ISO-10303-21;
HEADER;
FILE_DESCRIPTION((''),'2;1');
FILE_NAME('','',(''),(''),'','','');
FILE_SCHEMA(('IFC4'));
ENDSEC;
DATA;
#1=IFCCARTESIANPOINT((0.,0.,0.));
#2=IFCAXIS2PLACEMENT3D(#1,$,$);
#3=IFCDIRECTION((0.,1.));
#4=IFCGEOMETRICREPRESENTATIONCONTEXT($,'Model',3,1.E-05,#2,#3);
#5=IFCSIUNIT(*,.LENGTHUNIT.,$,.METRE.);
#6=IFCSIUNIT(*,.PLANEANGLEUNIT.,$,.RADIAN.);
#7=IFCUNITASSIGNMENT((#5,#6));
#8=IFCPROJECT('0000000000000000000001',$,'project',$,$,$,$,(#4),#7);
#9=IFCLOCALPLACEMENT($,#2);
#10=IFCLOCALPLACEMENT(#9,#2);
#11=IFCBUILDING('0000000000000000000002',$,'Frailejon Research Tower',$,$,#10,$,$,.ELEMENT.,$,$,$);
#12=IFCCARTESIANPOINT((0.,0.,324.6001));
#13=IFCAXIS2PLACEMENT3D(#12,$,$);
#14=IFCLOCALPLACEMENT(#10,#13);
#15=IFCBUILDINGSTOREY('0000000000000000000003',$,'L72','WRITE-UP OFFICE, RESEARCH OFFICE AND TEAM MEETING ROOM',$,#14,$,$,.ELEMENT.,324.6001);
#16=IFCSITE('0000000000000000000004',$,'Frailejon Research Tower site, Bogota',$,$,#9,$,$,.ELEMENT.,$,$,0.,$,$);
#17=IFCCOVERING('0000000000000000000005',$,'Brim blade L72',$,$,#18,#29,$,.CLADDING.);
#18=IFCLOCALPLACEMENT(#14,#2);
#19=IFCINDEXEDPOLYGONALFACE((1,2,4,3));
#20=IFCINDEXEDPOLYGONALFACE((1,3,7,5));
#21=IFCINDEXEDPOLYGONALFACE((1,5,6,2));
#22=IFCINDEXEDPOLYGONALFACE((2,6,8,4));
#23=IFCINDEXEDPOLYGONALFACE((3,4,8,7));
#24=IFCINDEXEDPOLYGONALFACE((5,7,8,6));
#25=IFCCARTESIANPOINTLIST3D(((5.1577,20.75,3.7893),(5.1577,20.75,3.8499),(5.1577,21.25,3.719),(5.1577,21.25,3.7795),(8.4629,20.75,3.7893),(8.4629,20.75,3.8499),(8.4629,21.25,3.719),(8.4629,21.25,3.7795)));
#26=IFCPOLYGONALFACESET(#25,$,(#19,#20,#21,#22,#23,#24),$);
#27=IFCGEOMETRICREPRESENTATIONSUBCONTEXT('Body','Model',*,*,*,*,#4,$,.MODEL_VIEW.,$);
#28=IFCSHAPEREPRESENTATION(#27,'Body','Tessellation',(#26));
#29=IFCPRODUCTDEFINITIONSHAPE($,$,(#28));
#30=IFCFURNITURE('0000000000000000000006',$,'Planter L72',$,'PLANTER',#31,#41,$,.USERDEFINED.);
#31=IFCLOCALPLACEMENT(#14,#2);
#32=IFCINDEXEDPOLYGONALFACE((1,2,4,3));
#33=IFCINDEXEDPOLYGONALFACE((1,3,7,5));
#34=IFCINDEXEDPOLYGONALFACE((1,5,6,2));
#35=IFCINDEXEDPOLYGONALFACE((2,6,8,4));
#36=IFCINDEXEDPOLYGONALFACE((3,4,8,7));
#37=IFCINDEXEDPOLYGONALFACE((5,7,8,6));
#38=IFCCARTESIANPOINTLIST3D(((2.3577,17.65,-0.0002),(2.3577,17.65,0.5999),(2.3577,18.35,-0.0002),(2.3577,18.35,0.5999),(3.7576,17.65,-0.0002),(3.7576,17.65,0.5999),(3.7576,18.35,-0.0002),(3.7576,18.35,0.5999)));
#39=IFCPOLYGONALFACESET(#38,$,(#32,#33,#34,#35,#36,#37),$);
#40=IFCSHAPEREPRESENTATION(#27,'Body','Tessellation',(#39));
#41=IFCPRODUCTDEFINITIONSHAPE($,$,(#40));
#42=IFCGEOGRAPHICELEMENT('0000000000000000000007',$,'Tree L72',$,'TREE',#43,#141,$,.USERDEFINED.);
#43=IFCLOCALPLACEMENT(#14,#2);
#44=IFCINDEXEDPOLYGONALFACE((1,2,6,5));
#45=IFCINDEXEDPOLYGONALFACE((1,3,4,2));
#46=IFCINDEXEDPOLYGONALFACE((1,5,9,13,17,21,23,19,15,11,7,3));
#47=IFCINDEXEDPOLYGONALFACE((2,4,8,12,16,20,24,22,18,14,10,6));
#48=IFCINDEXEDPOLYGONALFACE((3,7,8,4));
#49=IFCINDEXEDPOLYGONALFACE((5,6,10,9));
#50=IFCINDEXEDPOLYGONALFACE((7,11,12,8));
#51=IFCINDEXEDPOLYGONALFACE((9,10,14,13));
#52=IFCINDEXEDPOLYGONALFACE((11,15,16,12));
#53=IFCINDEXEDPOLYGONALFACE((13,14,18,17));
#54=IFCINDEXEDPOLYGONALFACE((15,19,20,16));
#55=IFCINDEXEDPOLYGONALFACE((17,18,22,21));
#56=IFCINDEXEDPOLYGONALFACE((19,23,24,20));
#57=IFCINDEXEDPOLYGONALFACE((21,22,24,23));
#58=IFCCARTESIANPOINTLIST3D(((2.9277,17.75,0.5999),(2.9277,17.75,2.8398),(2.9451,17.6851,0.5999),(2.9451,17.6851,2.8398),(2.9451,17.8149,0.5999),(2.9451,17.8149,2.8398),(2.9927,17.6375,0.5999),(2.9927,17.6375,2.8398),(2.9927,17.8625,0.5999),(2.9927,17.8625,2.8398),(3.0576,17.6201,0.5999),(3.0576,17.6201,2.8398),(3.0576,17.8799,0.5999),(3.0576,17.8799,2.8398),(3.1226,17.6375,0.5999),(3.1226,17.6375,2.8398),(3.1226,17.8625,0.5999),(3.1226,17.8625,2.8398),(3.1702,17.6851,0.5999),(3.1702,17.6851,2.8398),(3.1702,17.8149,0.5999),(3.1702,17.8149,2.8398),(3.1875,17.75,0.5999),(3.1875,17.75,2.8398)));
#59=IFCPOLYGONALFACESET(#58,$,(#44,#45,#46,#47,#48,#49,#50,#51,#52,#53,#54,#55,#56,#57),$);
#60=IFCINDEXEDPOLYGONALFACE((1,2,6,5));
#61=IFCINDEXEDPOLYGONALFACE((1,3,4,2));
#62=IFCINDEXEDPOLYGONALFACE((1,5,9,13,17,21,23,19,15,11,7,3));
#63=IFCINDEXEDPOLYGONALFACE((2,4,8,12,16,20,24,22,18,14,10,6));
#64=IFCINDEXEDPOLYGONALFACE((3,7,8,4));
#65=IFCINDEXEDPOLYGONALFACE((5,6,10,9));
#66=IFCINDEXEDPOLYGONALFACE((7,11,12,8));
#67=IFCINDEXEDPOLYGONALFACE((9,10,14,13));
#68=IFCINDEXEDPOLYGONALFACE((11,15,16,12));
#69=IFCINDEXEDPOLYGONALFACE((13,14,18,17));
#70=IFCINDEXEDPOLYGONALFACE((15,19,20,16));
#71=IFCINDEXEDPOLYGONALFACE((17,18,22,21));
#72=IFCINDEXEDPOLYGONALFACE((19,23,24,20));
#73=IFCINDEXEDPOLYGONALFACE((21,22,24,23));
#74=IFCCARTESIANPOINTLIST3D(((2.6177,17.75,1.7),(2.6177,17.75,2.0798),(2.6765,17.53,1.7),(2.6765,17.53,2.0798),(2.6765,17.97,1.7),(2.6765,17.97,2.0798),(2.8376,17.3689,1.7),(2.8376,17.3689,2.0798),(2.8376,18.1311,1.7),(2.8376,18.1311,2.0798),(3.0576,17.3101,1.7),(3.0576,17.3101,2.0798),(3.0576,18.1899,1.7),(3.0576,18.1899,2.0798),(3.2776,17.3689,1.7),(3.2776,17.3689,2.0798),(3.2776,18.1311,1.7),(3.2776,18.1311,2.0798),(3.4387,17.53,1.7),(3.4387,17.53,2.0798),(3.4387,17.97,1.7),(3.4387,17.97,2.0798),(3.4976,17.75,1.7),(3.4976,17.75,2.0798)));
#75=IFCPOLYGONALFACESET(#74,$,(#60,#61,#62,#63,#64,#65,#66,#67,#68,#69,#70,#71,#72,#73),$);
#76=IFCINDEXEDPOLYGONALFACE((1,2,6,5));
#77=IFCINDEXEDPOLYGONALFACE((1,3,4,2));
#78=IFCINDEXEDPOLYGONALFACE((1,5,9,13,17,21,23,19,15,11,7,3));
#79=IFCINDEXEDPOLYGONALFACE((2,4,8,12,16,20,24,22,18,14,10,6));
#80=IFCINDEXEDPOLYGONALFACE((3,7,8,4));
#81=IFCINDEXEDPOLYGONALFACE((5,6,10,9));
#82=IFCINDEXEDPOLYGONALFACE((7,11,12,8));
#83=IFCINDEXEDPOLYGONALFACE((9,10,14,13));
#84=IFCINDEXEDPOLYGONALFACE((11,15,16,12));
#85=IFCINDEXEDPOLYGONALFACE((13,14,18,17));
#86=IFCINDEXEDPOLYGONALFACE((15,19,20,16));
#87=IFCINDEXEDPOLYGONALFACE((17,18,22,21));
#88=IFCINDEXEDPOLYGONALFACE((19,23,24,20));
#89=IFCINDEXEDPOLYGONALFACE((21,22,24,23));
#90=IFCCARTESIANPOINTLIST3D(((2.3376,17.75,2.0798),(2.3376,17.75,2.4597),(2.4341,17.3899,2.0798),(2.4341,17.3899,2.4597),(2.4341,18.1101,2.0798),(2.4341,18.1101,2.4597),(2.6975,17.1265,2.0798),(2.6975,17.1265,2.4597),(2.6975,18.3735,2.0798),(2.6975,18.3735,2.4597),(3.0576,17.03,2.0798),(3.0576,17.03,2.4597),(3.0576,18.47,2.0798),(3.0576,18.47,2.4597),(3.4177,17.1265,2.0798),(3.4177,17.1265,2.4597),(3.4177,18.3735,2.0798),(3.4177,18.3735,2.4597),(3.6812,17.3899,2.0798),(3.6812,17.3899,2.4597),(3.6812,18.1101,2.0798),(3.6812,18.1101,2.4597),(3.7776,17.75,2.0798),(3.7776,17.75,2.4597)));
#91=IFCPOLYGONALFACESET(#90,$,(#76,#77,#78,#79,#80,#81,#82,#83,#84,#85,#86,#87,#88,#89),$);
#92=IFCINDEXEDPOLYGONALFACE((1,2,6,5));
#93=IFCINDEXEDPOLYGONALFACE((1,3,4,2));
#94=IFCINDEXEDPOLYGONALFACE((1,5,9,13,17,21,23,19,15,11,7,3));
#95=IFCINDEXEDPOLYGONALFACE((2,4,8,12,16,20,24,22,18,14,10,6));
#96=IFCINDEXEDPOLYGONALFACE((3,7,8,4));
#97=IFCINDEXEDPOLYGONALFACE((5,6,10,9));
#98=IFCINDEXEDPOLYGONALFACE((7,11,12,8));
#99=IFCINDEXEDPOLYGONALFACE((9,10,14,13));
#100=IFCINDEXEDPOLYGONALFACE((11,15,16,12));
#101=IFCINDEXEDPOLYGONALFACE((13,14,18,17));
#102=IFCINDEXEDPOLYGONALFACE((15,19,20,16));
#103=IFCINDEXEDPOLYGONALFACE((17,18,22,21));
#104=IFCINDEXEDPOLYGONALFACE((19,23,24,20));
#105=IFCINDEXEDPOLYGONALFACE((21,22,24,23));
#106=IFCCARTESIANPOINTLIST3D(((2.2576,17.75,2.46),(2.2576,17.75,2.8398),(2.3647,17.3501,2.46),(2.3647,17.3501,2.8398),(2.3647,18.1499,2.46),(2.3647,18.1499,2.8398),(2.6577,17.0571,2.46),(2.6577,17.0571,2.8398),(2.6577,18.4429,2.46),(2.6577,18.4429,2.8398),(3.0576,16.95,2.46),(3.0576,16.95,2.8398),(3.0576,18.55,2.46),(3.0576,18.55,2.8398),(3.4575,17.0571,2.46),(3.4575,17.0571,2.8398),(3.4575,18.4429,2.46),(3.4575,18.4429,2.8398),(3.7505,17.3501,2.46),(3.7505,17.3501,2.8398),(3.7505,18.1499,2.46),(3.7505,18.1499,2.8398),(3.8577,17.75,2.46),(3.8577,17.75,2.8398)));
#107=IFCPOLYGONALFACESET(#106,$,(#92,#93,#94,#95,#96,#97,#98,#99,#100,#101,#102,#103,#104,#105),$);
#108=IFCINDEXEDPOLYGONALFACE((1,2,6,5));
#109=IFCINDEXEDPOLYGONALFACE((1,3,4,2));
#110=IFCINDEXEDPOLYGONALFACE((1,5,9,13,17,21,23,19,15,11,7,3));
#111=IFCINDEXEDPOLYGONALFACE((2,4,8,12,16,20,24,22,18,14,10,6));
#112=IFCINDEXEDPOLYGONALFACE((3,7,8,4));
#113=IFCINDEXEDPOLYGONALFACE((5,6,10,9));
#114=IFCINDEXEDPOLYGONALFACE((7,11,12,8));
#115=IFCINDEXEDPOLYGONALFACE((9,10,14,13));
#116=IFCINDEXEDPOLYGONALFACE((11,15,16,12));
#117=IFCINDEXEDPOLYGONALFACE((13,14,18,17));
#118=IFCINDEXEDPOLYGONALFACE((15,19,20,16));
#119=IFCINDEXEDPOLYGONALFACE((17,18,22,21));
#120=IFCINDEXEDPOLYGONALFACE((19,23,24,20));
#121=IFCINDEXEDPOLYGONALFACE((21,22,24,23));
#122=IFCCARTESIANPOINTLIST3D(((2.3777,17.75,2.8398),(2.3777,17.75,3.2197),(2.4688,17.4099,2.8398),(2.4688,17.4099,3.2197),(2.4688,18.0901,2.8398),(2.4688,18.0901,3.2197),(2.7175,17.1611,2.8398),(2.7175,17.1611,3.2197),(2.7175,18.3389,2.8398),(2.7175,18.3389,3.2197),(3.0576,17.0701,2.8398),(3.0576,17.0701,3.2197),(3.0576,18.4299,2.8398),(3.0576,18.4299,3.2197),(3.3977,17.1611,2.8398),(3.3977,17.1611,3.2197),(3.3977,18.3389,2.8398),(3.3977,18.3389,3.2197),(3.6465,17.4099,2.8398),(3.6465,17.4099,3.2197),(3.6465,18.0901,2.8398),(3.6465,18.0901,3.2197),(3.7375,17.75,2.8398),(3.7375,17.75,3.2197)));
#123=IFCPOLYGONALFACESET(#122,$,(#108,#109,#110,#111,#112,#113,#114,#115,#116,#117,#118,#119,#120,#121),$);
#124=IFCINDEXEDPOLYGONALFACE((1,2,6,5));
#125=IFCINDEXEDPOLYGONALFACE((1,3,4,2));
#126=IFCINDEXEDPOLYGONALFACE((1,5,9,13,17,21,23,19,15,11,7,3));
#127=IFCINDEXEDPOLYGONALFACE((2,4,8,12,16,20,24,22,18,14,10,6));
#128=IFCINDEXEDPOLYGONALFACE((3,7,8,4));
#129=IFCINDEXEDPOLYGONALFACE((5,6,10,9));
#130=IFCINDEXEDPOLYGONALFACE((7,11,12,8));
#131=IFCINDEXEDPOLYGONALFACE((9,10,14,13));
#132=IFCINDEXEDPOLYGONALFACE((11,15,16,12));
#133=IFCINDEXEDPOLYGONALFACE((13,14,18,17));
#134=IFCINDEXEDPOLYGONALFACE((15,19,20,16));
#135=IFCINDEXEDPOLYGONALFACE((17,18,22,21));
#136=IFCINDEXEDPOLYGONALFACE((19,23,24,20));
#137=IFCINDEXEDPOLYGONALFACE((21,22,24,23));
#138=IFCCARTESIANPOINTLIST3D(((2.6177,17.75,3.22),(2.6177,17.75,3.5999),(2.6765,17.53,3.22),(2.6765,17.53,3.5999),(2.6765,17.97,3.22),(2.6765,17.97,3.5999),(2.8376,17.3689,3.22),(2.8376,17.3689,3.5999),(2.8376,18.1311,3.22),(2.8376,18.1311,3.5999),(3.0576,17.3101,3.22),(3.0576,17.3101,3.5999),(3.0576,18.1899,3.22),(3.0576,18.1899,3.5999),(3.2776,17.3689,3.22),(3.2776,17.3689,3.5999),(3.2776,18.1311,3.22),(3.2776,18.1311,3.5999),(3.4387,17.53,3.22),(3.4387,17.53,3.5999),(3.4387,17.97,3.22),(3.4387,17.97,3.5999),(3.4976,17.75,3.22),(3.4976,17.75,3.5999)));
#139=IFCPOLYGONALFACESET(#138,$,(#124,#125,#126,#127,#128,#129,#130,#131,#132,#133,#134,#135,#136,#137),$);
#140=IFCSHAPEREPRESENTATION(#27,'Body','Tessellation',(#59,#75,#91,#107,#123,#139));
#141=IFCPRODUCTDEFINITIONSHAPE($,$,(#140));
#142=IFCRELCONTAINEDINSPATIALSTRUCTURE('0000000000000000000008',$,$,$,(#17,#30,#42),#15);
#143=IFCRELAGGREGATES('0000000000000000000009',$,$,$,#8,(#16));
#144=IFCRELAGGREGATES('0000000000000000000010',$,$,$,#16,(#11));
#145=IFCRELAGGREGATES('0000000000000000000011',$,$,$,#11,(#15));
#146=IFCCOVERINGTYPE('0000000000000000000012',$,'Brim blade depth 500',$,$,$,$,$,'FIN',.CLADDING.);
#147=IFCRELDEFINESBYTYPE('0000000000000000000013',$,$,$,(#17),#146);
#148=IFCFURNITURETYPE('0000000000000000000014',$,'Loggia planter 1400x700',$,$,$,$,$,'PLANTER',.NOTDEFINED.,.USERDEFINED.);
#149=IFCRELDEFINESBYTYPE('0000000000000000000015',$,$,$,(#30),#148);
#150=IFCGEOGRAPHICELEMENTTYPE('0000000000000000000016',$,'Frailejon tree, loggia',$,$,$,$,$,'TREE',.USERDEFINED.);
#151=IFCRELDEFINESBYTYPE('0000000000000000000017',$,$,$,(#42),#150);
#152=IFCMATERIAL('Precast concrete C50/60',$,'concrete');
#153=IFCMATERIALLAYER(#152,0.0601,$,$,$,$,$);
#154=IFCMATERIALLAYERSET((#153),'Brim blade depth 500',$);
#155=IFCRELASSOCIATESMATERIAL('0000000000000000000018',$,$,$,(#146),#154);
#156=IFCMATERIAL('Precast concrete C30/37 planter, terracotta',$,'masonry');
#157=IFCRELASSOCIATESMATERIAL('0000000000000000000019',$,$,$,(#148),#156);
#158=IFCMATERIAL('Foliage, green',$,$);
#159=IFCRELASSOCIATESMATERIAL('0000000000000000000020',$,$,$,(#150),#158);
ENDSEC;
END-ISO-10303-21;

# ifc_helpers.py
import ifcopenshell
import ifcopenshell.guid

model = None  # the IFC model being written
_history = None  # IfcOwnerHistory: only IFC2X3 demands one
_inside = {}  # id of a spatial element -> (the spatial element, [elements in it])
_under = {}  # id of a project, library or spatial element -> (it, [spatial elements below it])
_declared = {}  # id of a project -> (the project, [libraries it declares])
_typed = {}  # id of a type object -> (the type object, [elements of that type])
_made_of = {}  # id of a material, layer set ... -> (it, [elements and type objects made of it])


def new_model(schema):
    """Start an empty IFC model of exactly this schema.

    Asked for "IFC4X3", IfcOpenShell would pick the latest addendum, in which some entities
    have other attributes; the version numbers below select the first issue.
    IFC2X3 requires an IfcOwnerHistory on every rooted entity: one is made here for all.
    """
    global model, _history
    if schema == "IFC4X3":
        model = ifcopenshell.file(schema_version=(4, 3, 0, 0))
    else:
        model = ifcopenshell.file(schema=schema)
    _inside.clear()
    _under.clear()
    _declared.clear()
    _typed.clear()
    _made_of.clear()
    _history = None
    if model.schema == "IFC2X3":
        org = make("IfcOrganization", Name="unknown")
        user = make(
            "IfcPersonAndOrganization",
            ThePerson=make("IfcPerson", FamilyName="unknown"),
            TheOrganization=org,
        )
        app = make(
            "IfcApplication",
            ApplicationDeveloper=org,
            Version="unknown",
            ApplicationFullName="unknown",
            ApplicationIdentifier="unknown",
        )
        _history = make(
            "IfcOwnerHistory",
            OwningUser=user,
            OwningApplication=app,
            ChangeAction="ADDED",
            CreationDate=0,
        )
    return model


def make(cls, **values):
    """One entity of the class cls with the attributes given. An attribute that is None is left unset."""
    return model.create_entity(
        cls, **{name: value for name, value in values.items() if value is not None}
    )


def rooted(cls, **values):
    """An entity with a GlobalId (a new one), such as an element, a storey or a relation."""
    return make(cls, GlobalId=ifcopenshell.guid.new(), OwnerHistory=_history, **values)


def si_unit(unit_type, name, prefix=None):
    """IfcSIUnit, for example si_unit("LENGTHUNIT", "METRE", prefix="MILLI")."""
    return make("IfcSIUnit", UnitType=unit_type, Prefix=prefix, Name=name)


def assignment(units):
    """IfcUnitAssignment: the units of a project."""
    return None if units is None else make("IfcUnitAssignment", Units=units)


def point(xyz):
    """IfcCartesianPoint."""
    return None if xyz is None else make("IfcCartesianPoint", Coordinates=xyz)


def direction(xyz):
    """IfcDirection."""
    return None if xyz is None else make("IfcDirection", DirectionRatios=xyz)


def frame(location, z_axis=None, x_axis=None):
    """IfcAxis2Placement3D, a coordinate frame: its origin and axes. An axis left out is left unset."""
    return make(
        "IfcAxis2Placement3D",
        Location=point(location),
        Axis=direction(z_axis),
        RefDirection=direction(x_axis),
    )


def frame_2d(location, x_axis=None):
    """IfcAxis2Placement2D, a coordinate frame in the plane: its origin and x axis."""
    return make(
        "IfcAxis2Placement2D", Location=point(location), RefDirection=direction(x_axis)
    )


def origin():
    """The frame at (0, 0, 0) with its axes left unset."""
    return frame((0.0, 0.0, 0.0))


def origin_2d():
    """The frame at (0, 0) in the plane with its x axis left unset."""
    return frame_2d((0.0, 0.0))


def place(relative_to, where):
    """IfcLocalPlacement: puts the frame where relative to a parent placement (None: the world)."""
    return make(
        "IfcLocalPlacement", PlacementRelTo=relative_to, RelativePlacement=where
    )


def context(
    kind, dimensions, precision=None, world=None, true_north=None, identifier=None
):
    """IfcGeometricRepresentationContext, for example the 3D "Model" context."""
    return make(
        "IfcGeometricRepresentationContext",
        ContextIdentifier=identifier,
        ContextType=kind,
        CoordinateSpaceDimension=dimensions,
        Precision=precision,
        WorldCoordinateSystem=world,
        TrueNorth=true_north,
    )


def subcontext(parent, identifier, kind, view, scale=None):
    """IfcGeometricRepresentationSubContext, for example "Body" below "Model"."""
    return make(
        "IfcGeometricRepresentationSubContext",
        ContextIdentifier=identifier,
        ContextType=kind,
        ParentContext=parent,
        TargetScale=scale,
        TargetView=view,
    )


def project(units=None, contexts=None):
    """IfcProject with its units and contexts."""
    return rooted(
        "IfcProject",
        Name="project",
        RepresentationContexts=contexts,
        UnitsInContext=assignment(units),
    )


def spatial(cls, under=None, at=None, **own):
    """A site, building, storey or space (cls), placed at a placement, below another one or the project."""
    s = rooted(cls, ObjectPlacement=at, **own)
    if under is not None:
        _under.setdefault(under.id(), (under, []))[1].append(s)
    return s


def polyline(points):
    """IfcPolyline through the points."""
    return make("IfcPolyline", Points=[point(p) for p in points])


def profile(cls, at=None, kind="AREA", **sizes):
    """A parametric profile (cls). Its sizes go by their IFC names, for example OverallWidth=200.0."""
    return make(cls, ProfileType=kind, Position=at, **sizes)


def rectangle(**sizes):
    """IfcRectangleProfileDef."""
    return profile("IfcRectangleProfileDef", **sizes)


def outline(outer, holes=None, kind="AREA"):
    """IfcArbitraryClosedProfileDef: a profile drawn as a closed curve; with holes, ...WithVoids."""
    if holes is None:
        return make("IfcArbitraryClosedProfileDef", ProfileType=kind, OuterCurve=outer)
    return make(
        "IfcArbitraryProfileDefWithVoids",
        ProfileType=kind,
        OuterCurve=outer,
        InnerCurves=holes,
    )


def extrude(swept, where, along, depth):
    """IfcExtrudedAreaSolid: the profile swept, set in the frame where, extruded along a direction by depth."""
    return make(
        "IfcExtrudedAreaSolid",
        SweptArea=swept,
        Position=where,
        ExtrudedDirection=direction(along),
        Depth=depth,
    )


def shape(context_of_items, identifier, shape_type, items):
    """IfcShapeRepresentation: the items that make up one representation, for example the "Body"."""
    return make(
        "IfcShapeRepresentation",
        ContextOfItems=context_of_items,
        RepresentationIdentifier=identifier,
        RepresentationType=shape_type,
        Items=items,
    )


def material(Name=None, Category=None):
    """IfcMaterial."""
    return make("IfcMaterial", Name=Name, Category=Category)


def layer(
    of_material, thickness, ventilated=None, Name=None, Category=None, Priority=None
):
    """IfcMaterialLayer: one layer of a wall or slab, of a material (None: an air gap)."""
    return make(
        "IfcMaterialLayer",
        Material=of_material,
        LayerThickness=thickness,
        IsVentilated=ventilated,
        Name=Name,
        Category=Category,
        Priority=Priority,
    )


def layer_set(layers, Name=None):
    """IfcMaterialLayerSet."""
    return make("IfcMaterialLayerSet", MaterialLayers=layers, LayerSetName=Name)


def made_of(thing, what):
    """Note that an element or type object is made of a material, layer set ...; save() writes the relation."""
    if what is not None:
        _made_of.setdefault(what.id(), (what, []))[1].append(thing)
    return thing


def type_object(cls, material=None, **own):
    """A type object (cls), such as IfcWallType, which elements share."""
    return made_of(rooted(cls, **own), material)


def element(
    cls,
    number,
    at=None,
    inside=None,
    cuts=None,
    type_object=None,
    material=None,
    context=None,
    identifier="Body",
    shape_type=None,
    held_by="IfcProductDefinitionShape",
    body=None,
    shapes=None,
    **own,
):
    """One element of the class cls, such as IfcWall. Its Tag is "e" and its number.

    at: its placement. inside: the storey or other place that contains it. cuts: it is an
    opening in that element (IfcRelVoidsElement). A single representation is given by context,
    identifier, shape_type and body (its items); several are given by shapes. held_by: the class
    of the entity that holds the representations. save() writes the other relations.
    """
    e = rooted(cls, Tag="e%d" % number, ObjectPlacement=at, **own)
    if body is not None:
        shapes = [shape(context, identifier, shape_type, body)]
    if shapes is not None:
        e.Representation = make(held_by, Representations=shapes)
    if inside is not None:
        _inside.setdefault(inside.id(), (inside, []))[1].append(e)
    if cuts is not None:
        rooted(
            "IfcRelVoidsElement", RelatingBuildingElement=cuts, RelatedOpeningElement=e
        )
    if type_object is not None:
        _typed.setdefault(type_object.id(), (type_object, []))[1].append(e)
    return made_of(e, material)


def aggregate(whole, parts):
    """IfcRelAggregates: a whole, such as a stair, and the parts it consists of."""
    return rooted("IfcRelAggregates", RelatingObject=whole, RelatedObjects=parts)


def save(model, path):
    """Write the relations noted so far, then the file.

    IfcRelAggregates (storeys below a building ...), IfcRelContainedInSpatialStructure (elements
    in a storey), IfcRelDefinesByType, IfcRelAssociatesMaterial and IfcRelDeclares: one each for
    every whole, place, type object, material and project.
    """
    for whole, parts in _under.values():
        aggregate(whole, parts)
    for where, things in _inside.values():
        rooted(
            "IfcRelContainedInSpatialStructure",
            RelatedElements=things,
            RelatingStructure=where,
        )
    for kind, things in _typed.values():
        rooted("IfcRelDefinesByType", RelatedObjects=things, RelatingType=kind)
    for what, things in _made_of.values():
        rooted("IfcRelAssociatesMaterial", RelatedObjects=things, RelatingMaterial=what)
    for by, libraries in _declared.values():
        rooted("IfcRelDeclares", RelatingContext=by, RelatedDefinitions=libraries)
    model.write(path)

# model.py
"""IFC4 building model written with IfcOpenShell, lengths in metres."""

from ifc_helpers import new_model, si_unit, direction, frame, origin, origin_2d, place, context, subcontext, project, spatial, polyline, rectangle, outline, extrude, material, layer, layer_set, type_object, element, save


model = new_model("IFC4")

# Units and contexts
model_context = context("Model", 3, precision=1e-05, world=origin(), true_north=direction((0.0, 1.0)))
body_context = subcontext(model_context, "Body", "Model", "MODEL_VIEW")
ifc_project = project(units=[si_unit("LENGTHUNIT", "METRE"), si_unit("PLANEANGLEUNIT", "RADIAN")], contexts=[model_context])

# Site, building, storey
site_placement = place(None, origin())
site = spatial("IfcSite", under=ifc_project, at=site_placement, Name="Frailejon Research Tower site, Bogota", CompositionType="ELEMENT", RefElevation=0.0)
building_placement = place(site_placement, origin())
building = spatial("IfcBuilding", under=site, at=building_placement, Name="Frailejon Research Tower", CompositionType="ELEMENT")
storey_placement = place(building_placement, frame((0.0, 0.0, 324.6001)))
storey = spatial("IfcBuildingStorey", under=building, at=storey_placement, Name="L72", Description="WRITE-UP OFFICE, RESEARCH OFFICE AND TEAM MEETING ROOM", CompositionType="ELEMENT", Elevation=324.6001)

# Covering
ifc_material_1 = material(Name="Precast concrete C50/60", Category="concrete")
ifc_layer_1 = layer(ifc_material_1, 0.0601)
ifc_layer_set_1 = layer_set([ifc_layer_1], Name="Brim blade depth 500")
covering_type_1 = type_object("IfcCoveringType", Name="Brim blade depth 500", ElementType="FIN", PredefinedType="CLADDING", material=ifc_layer_set_1)
covering_1_placement = place(storey_placement, frame((5.1577, 20.75, 3.8499), z_axis=(1.0, 0.0, 0.0), x_axis=(0.0, 1.0, 0.0)))
element("IfcCovering", 1, at=covering_1_placement, inside=storey, type_object=covering_type_1, Name="Brim blade L72", PredefinedType="CLADDING", context=body_context, shape_type="SweptSolid", body=[
    extrude(outline(polyline([(0.0, -0.0605), (0.5, -0.1309), (0.5, -0.0703), (0.0, 0.0), (0.0, -0.0605)])), origin(), (0.0, 0.0, 1.0), 3.3052),
])

# Furniture
ifc_material_2 = material(Name="Precast concrete C30/37 planter, terracotta", Category="masonry")
furniture_type = type_object("IfcFurnitureType", Name="Loggia planter 1400x700", ElementType="PLANTER", AssemblyPlace="NOTDEFINED", PredefinedType="USERDEFINED", material=ifc_material_2)
furniture_placement = place(storey_placement, frame((3.0576, 18.0, -0.0002), z_axis=(0.0, 0.0, 1.0), x_axis=(-1.0, 0.0, 0.0)))
element("IfcFurniture", 2, at=furniture_placement, inside=storey, type_object=furniture_type, Name="Planter L72", ObjectType="PLANTER", PredefinedType="USERDEFINED", context=body_context, shape_type="SweptSolid", body=[
    extrude(rectangle(XDim=1.3999, YDim=0.7, at=origin_2d()), origin(), (0.0, 0.0, 1.0), 0.6001),
])

# Geographic element
ifc_material_3 = material(Name="Foliage, green")
geographic_element_type = type_object("IfcGeographicElementType", Name="Frailejon tree, loggia", ElementType="TREE", PredefinedType="USERDEFINED", material=ifc_material_3)
geographic_element_placement = place(storey_placement, frame((3.0576, 17.75, 0.5999)))
element("IfcGeographicElement", 3, at=geographic_element_placement, inside=storey, type_object=geographic_element_type, Name="Tree L72", ObjectType="TREE", PredefinedType="USERDEFINED", context=body_context, shape_type="SweptSolid", body=[
    extrude(outline(polyline([(0.1299, 0.0), (0.1125, 0.0649), (0.0649, 0.1125), (0.0, 0.1299), (-0.0649, 0.1125), (-0.1125, 0.0649), (-0.1299, 0.0), (-0.1125, -0.0649), (-0.0649, -0.1125), (0.0, -0.1299), (0.0649, -0.1125), (0.1125, -0.0649), (0.1299, 0.0)])), origin(), (0.0, 0.0, 1.0), 2.24),
    extrude(outline(polyline([(0.4399, 0.0), (0.3811, 0.22), (0.22, 0.3811), (0.0, 0.4399), (-0.22, 0.3811), (-0.3811, 0.22), (-0.4399, 0.0), (-0.3811, -0.22), (-0.22, -0.3811), (0.0, -0.4399), (0.22, -0.3811), (0.3811, -0.22), (0.4399, 0.0)])), frame((0.0, 0.0, 1.1001)), (0.0, 0.0, 1.0), 0.3799),
    extrude(outline(polyline([(0.72, 0.0), (0.6235, 0.3601), (0.3601, 0.6235), (0.0, 0.72), (-0.3601, 0.6235), (-0.6235, 0.3601), (-0.72, 0.0), (-0.6235, -0.3601), (-0.3601, -0.6235), (0.0, -0.72), (0.3601, -0.6235), (0.6235, -0.3601), (0.72, 0.0)])), frame((0.0, 0.0, 1.48)), (0.0, 0.0, 1.0), 0.3799),
    extrude(outline(polyline([(0.8, 0.0), (0.6929, 0.3999), (0.3999, 0.6929), (0.0, 0.8), (-0.3999, 0.6929), (-0.6929, 0.3999), (-0.8, 0.0), (-0.6929, -0.3999), (-0.3999, -0.6929), (0.0, -0.8), (0.3999, -0.6929), (0.6929, -0.3999), (0.8, 0.0)])), frame((0.0, 0.0, 1.8601)), (0.0, 0.0, 1.0), 0.3799),
    extrude(outline(polyline([(0.6799, 0.0), (0.5889, 0.3401), (0.3401, 0.5889), (0.0, 0.6799), (-0.3401, 0.5889), (-0.5889, 0.3401), (-0.6799, 0.0), (-0.5889, -0.3401), (-0.3401, -0.5889), (0.0, -0.6799), (0.3401, -0.5889), (0.5889, -0.3401), (0.6799, 0.0)])), frame((0.0, 0.0, 2.24)), (0.0, 0.0, 1.0), 0.3799),
    extrude(outline(polyline([(0.4399, 0.0), (0.3811, 0.22), (0.22, 0.3811), (0.0, 0.4399), (-0.22, 0.3811), (-0.3811, 0.22), (-0.4399, 0.0), (-0.3811, -0.22), (-0.22, -0.3811), (0.0, -0.4399), (0.22, -0.3811), (0.3811, -0.22), (0.4399, 0.0)])), frame((0.0, 0.0, 2.6201)), (0.0, 0.0, 1.0), 0.3799),
])

save(model, "model.ifc")
